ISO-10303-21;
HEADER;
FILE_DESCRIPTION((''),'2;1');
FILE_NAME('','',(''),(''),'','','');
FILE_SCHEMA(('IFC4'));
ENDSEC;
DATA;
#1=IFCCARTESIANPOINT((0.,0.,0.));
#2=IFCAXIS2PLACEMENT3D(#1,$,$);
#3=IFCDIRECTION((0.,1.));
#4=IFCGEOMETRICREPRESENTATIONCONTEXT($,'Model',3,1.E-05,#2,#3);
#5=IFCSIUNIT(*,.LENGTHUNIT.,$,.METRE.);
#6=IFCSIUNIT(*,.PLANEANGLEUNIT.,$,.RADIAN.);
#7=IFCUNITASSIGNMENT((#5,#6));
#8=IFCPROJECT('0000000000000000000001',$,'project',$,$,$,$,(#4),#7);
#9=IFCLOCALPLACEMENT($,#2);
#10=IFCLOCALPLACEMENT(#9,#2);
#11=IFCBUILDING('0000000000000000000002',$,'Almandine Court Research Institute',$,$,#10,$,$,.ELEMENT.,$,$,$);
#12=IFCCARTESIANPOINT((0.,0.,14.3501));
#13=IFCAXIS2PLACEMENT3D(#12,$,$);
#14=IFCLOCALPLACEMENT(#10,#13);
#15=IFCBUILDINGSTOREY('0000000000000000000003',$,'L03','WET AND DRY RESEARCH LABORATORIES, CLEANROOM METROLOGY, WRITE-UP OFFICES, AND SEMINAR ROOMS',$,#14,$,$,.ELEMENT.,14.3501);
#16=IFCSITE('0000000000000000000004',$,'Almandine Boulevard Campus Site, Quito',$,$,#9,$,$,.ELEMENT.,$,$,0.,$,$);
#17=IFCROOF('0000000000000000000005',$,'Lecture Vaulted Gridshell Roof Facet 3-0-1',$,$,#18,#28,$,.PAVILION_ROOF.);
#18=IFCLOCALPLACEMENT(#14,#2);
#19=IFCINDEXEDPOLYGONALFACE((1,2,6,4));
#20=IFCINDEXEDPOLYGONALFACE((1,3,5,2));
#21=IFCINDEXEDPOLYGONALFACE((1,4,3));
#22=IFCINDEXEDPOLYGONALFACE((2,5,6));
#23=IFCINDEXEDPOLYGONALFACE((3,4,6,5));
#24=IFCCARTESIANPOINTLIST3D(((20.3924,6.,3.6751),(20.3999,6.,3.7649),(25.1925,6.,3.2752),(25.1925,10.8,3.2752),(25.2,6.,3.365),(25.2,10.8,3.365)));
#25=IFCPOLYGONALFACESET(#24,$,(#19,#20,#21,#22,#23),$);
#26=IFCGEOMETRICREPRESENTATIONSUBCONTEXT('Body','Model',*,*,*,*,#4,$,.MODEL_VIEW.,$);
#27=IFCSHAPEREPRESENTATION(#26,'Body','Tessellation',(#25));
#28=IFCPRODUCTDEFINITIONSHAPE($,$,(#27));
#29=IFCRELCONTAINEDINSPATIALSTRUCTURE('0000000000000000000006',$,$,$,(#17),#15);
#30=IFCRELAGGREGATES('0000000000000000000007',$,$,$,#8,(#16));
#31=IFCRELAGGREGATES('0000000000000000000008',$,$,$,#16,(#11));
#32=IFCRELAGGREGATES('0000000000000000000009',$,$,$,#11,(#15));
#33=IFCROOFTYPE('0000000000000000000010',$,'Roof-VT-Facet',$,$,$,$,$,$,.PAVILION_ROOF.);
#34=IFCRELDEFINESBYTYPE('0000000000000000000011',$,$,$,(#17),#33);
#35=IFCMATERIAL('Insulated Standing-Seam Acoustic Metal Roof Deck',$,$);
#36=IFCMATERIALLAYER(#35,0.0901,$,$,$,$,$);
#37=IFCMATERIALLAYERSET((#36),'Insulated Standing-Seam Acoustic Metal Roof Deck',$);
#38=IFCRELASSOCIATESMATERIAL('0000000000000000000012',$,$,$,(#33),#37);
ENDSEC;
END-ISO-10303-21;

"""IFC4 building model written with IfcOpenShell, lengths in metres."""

from ifc_helpers import new_model, si_unit, direction, frame, origin, place, context, subcontext, project, spatial, polyline, outline, extrude, material, layer, layer_set, type_object, element, save


model = new_model("IFC4")

# Units and contexts
model_context = context("Model", 3, precision=1e-05, world=origin(), true_north=direction((0.0, 1.0)))
body_context = subcontext(model_context, "Body", "Model", "MODEL_VIEW")
ifc_project = project(units=[si_unit("LENGTHUNIT", "METRE"), si_unit("PLANEANGLEUNIT", "RADIAN")], contexts=[model_context])

# Site, building, storey
site_placement = place(None, origin())
site = spatial("IfcSite", under=ifc_project, at=site_placement, Name="Almandine Boulevard Campus Site, Quito", CompositionType="ELEMENT", RefElevation=0.0)
building_placement = place(site_placement, origin())
building = spatial("IfcBuilding", under=site, at=building_placement, Name="Almandine Court Research Institute", CompositionType="ELEMENT")
storey_placement = place(building_placement, frame((0.0, 0.0, 14.3501)))
storey = spatial("IfcBuildingStorey", under=building, at=storey_placement, Name="L03", Description="WET AND DRY RESEARCH LABORATORIES, CLEANROOM METROLOGY, WRITE-UP OFFICES, AND SEMINAR ROOMS", CompositionType="ELEMENT", Elevation=14.3501)

# Roof
ifc_material_1 = material(Name="Insulated Standing-Seam Acoustic Metal Roof Deck")
ifc_layer_1 = layer(ifc_material_1, 0.0901)
ifc_layer_set_1 = layer_set([ifc_layer_1], Name="Insulated Standing-Seam Acoustic Metal Roof Deck")
roof_type = type_object("IfcRoofType", Name="Roof-VT-Facet", PredefinedType="PAVILION_ROOF", material=ifc_layer_set_1)
roof_1_placement = place(storey_placement, frame((20.3999, 6.0, 3.7649), z_axis=(0.083025, 0.0, 0.996548), x_axis=(0.996548, 0.0, -0.083025)))
element("IfcRoof", 1, at=roof_1_placement, inside=storey, type_object=roof_type, Name="Lecture Vaulted Gridshell Roof Facet 3-0-1", PredefinedType="PAVILION_ROOF", context=body_context, shape_type="SweptSolid", body=[
    extrude(outline(polyline([(0.0, 0.0), (4.8167, 0.0), (4.8167, 4.8), (0.0, 0.0)])), origin(), (0.0, 0.0, -1.0), 0.0901),
])

save(model, "model.ifc")
